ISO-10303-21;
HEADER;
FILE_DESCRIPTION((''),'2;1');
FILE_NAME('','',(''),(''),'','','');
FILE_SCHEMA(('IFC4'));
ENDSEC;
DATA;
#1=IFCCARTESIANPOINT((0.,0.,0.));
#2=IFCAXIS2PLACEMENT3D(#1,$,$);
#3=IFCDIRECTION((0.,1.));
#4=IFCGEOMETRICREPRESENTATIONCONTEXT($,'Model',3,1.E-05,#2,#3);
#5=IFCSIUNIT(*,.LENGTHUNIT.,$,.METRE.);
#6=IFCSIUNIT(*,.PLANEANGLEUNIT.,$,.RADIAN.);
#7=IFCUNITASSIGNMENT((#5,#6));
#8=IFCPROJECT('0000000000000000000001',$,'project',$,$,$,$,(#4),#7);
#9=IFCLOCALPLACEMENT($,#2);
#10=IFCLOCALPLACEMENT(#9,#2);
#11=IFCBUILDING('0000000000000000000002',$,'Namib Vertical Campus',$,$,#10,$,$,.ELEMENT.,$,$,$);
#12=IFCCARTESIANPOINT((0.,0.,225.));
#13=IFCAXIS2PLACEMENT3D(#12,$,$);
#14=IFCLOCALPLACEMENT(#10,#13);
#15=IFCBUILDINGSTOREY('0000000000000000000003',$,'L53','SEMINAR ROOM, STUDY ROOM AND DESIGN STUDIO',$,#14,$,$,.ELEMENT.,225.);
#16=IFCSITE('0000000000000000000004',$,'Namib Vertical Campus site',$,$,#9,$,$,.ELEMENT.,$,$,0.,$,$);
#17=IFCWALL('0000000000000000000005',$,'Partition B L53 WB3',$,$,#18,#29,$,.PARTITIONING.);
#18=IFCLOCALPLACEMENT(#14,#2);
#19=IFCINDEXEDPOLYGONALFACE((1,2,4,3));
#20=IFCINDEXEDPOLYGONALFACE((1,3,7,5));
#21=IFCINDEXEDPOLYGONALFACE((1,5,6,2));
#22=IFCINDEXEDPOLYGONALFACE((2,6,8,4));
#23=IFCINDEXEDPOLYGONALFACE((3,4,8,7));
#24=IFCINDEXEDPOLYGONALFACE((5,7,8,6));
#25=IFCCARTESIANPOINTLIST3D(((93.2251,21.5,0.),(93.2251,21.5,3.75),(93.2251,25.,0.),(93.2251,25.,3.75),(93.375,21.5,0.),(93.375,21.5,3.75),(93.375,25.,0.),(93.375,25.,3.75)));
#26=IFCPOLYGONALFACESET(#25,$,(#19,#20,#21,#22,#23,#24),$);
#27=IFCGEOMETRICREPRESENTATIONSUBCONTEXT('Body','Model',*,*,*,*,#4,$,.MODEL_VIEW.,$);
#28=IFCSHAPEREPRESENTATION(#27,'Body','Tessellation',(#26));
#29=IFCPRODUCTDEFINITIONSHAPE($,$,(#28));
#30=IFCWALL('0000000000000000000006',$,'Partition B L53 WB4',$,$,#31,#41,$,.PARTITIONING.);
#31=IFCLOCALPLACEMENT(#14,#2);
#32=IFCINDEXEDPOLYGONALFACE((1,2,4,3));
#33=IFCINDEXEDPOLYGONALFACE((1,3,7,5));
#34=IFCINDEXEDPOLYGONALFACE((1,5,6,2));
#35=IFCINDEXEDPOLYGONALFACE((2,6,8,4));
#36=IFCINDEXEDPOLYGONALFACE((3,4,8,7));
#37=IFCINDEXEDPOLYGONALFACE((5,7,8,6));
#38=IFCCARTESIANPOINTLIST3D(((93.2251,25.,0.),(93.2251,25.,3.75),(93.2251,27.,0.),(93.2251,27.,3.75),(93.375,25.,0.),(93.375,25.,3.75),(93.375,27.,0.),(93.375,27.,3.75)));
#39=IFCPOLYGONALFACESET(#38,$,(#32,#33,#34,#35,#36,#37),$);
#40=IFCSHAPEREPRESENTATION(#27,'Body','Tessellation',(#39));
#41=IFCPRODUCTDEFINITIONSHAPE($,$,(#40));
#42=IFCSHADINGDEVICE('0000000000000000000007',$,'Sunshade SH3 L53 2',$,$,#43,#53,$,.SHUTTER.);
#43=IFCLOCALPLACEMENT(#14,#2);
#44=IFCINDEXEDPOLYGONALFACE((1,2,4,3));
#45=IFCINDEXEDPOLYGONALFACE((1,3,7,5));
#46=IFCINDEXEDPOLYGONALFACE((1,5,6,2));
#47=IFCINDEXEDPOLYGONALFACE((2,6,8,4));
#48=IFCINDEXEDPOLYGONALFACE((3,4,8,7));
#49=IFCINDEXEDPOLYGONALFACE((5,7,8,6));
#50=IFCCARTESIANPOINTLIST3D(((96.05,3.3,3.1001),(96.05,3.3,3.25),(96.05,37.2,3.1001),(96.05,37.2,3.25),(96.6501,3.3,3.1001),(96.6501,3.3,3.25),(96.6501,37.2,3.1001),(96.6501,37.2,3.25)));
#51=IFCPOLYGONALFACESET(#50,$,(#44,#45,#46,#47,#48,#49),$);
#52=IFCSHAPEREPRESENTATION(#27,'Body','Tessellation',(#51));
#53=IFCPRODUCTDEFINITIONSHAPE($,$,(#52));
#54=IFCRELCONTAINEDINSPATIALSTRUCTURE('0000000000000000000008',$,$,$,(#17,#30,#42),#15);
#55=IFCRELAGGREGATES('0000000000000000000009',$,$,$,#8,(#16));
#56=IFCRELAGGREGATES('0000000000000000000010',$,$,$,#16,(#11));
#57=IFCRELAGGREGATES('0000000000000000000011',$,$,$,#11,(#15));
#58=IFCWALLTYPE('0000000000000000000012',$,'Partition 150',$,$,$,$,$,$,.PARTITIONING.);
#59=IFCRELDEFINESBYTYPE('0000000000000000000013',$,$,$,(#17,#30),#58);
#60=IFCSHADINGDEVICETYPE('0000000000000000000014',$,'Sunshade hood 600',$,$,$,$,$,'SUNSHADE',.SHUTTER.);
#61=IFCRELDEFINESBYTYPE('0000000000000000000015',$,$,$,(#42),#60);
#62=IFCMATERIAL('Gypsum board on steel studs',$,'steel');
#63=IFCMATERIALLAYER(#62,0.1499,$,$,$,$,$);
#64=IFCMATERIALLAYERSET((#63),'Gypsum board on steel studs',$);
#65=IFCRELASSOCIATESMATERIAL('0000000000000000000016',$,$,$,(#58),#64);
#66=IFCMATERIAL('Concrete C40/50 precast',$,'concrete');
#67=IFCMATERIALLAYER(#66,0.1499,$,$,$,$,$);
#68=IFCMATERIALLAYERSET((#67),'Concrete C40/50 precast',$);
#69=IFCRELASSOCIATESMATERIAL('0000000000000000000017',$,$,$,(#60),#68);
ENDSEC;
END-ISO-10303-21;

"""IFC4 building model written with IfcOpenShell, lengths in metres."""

from ifc_helpers import new_model, si_unit, direction, frame, frame_2d, origin, origin_2d, place, context, subcontext, project, spatial, rectangle, extrude, material, layer, layer_set, type_object, element, save


model = new_model("IFC4")

# Units and contexts
model_context = context("Model", 3, precision=1e-05, world=origin(), true_north=direction((0.0, 1.0)))
body_context = subcontext(model_context, "Body", "Model", "MODEL_VIEW")
ifc_project = project(units=[si_unit("LENGTHUNIT", "METRE"), si_unit("PLANEANGLEUNIT", "RADIAN")], contexts=[model_context])

# Site, building, storey
site_placement = place(None, origin())
site = spatial("IfcSite", under=ifc_project, at=site_placement, Name="Namib Vertical Campus site", CompositionType="ELEMENT", RefElevation=0.0)
building_placement = place(site_placement, origin())
building = spatial("IfcBuilding", under=site, at=building_placement, Name="Namib Vertical Campus", CompositionType="ELEMENT")
storey_placement = place(building_placement, frame((0.0, 0.0, 225.0)))
storey = spatial("IfcBuildingStorey", under=building, at=storey_placement, Name="L53", Description="SEMINAR ROOM, STUDY ROOM AND DESIGN STUDIO", CompositionType="ELEMENT", Elevation=225.0)

# Walls
ifc_material_1 = material(Name="Gypsum board on steel studs", Category="steel")
ifc_layer_1 = layer(ifc_material_1, 0.1499)
ifc_layer_set_1 = layer_set([ifc_layer_1], Name="Gypsum board on steel studs")
wall_type_1 = type_object("IfcWallType", Name="Partition 150", PredefinedType="PARTITIONING", material=ifc_layer_set_1)
wall_1_placement = place(storey_placement, frame((93.3, 21.5, 0.0), z_axis=(0.0, 0.0, 1.0), x_axis=(0.0, 1.0, 0.0)))
element("IfcWall", 1, at=wall_1_placement, inside=storey, type_object=wall_type_1, Name="Partition B L53 WB3", PredefinedType="PARTITIONING", context=body_context, shape_type="SweptSolid", body=[
    extrude(rectangle(XDim=3.5, YDim=0.1499, at=frame_2d((1.75, 0.0))), origin(), (0.0, 0.0, 1.0), 3.75),
])
wall_2_placement = place(storey_placement, frame((93.3, 25.0, 0.0), z_axis=(0.0, 0.0, 1.0), x_axis=(0.0, 1.0, 0.0)))
element("IfcWall", 2, at=wall_2_placement, inside=storey, type_object=wall_type_1, Name="Partition B L53 WB4", PredefinedType="PARTITIONING", context=body_context, shape_type="SweptSolid", body=[
    extrude(rectangle(XDim=2.0, YDim=0.1499, at=frame_2d((1.0, 0.0))), origin(), (0.0, 0.0, 1.0), 3.75),
])

# Shading device
ifc_material_2 = material(Name="Concrete C40/50 precast", Category="concrete")
ifc_layer_2 = layer(ifc_material_2, 0.1499)
ifc_layer_set_2 = layer_set([ifc_layer_2], Name="Concrete C40/50 precast")
shading_device_type = type_object("IfcShadingDeviceType", Name="Sunshade hood 600", ElementType="SUNSHADE", PredefinedType="SHUTTER", material=ifc_layer_set_2)
shading_device_placement = place(storey_placement, frame((96.3501, 20.25, 3.1001), z_axis=(0.0, 0.0, 1.0), x_axis=(0.0, 1.0, 0.0)))
element("IfcShadingDevice", 3, at=shading_device_placement, inside=storey, type_object=shading_device_type, Name="Sunshade SH3 L53 2", PredefinedType="SHUTTER", context=body_context, shape_type="SweptSolid", body=[
    extrude(rectangle(XDim=33.8999, YDim=0.6001, at=origin_2d()), origin(), (0.0, 0.0, 1.0), 0.1499),
])

save(model, "model.ifc")
